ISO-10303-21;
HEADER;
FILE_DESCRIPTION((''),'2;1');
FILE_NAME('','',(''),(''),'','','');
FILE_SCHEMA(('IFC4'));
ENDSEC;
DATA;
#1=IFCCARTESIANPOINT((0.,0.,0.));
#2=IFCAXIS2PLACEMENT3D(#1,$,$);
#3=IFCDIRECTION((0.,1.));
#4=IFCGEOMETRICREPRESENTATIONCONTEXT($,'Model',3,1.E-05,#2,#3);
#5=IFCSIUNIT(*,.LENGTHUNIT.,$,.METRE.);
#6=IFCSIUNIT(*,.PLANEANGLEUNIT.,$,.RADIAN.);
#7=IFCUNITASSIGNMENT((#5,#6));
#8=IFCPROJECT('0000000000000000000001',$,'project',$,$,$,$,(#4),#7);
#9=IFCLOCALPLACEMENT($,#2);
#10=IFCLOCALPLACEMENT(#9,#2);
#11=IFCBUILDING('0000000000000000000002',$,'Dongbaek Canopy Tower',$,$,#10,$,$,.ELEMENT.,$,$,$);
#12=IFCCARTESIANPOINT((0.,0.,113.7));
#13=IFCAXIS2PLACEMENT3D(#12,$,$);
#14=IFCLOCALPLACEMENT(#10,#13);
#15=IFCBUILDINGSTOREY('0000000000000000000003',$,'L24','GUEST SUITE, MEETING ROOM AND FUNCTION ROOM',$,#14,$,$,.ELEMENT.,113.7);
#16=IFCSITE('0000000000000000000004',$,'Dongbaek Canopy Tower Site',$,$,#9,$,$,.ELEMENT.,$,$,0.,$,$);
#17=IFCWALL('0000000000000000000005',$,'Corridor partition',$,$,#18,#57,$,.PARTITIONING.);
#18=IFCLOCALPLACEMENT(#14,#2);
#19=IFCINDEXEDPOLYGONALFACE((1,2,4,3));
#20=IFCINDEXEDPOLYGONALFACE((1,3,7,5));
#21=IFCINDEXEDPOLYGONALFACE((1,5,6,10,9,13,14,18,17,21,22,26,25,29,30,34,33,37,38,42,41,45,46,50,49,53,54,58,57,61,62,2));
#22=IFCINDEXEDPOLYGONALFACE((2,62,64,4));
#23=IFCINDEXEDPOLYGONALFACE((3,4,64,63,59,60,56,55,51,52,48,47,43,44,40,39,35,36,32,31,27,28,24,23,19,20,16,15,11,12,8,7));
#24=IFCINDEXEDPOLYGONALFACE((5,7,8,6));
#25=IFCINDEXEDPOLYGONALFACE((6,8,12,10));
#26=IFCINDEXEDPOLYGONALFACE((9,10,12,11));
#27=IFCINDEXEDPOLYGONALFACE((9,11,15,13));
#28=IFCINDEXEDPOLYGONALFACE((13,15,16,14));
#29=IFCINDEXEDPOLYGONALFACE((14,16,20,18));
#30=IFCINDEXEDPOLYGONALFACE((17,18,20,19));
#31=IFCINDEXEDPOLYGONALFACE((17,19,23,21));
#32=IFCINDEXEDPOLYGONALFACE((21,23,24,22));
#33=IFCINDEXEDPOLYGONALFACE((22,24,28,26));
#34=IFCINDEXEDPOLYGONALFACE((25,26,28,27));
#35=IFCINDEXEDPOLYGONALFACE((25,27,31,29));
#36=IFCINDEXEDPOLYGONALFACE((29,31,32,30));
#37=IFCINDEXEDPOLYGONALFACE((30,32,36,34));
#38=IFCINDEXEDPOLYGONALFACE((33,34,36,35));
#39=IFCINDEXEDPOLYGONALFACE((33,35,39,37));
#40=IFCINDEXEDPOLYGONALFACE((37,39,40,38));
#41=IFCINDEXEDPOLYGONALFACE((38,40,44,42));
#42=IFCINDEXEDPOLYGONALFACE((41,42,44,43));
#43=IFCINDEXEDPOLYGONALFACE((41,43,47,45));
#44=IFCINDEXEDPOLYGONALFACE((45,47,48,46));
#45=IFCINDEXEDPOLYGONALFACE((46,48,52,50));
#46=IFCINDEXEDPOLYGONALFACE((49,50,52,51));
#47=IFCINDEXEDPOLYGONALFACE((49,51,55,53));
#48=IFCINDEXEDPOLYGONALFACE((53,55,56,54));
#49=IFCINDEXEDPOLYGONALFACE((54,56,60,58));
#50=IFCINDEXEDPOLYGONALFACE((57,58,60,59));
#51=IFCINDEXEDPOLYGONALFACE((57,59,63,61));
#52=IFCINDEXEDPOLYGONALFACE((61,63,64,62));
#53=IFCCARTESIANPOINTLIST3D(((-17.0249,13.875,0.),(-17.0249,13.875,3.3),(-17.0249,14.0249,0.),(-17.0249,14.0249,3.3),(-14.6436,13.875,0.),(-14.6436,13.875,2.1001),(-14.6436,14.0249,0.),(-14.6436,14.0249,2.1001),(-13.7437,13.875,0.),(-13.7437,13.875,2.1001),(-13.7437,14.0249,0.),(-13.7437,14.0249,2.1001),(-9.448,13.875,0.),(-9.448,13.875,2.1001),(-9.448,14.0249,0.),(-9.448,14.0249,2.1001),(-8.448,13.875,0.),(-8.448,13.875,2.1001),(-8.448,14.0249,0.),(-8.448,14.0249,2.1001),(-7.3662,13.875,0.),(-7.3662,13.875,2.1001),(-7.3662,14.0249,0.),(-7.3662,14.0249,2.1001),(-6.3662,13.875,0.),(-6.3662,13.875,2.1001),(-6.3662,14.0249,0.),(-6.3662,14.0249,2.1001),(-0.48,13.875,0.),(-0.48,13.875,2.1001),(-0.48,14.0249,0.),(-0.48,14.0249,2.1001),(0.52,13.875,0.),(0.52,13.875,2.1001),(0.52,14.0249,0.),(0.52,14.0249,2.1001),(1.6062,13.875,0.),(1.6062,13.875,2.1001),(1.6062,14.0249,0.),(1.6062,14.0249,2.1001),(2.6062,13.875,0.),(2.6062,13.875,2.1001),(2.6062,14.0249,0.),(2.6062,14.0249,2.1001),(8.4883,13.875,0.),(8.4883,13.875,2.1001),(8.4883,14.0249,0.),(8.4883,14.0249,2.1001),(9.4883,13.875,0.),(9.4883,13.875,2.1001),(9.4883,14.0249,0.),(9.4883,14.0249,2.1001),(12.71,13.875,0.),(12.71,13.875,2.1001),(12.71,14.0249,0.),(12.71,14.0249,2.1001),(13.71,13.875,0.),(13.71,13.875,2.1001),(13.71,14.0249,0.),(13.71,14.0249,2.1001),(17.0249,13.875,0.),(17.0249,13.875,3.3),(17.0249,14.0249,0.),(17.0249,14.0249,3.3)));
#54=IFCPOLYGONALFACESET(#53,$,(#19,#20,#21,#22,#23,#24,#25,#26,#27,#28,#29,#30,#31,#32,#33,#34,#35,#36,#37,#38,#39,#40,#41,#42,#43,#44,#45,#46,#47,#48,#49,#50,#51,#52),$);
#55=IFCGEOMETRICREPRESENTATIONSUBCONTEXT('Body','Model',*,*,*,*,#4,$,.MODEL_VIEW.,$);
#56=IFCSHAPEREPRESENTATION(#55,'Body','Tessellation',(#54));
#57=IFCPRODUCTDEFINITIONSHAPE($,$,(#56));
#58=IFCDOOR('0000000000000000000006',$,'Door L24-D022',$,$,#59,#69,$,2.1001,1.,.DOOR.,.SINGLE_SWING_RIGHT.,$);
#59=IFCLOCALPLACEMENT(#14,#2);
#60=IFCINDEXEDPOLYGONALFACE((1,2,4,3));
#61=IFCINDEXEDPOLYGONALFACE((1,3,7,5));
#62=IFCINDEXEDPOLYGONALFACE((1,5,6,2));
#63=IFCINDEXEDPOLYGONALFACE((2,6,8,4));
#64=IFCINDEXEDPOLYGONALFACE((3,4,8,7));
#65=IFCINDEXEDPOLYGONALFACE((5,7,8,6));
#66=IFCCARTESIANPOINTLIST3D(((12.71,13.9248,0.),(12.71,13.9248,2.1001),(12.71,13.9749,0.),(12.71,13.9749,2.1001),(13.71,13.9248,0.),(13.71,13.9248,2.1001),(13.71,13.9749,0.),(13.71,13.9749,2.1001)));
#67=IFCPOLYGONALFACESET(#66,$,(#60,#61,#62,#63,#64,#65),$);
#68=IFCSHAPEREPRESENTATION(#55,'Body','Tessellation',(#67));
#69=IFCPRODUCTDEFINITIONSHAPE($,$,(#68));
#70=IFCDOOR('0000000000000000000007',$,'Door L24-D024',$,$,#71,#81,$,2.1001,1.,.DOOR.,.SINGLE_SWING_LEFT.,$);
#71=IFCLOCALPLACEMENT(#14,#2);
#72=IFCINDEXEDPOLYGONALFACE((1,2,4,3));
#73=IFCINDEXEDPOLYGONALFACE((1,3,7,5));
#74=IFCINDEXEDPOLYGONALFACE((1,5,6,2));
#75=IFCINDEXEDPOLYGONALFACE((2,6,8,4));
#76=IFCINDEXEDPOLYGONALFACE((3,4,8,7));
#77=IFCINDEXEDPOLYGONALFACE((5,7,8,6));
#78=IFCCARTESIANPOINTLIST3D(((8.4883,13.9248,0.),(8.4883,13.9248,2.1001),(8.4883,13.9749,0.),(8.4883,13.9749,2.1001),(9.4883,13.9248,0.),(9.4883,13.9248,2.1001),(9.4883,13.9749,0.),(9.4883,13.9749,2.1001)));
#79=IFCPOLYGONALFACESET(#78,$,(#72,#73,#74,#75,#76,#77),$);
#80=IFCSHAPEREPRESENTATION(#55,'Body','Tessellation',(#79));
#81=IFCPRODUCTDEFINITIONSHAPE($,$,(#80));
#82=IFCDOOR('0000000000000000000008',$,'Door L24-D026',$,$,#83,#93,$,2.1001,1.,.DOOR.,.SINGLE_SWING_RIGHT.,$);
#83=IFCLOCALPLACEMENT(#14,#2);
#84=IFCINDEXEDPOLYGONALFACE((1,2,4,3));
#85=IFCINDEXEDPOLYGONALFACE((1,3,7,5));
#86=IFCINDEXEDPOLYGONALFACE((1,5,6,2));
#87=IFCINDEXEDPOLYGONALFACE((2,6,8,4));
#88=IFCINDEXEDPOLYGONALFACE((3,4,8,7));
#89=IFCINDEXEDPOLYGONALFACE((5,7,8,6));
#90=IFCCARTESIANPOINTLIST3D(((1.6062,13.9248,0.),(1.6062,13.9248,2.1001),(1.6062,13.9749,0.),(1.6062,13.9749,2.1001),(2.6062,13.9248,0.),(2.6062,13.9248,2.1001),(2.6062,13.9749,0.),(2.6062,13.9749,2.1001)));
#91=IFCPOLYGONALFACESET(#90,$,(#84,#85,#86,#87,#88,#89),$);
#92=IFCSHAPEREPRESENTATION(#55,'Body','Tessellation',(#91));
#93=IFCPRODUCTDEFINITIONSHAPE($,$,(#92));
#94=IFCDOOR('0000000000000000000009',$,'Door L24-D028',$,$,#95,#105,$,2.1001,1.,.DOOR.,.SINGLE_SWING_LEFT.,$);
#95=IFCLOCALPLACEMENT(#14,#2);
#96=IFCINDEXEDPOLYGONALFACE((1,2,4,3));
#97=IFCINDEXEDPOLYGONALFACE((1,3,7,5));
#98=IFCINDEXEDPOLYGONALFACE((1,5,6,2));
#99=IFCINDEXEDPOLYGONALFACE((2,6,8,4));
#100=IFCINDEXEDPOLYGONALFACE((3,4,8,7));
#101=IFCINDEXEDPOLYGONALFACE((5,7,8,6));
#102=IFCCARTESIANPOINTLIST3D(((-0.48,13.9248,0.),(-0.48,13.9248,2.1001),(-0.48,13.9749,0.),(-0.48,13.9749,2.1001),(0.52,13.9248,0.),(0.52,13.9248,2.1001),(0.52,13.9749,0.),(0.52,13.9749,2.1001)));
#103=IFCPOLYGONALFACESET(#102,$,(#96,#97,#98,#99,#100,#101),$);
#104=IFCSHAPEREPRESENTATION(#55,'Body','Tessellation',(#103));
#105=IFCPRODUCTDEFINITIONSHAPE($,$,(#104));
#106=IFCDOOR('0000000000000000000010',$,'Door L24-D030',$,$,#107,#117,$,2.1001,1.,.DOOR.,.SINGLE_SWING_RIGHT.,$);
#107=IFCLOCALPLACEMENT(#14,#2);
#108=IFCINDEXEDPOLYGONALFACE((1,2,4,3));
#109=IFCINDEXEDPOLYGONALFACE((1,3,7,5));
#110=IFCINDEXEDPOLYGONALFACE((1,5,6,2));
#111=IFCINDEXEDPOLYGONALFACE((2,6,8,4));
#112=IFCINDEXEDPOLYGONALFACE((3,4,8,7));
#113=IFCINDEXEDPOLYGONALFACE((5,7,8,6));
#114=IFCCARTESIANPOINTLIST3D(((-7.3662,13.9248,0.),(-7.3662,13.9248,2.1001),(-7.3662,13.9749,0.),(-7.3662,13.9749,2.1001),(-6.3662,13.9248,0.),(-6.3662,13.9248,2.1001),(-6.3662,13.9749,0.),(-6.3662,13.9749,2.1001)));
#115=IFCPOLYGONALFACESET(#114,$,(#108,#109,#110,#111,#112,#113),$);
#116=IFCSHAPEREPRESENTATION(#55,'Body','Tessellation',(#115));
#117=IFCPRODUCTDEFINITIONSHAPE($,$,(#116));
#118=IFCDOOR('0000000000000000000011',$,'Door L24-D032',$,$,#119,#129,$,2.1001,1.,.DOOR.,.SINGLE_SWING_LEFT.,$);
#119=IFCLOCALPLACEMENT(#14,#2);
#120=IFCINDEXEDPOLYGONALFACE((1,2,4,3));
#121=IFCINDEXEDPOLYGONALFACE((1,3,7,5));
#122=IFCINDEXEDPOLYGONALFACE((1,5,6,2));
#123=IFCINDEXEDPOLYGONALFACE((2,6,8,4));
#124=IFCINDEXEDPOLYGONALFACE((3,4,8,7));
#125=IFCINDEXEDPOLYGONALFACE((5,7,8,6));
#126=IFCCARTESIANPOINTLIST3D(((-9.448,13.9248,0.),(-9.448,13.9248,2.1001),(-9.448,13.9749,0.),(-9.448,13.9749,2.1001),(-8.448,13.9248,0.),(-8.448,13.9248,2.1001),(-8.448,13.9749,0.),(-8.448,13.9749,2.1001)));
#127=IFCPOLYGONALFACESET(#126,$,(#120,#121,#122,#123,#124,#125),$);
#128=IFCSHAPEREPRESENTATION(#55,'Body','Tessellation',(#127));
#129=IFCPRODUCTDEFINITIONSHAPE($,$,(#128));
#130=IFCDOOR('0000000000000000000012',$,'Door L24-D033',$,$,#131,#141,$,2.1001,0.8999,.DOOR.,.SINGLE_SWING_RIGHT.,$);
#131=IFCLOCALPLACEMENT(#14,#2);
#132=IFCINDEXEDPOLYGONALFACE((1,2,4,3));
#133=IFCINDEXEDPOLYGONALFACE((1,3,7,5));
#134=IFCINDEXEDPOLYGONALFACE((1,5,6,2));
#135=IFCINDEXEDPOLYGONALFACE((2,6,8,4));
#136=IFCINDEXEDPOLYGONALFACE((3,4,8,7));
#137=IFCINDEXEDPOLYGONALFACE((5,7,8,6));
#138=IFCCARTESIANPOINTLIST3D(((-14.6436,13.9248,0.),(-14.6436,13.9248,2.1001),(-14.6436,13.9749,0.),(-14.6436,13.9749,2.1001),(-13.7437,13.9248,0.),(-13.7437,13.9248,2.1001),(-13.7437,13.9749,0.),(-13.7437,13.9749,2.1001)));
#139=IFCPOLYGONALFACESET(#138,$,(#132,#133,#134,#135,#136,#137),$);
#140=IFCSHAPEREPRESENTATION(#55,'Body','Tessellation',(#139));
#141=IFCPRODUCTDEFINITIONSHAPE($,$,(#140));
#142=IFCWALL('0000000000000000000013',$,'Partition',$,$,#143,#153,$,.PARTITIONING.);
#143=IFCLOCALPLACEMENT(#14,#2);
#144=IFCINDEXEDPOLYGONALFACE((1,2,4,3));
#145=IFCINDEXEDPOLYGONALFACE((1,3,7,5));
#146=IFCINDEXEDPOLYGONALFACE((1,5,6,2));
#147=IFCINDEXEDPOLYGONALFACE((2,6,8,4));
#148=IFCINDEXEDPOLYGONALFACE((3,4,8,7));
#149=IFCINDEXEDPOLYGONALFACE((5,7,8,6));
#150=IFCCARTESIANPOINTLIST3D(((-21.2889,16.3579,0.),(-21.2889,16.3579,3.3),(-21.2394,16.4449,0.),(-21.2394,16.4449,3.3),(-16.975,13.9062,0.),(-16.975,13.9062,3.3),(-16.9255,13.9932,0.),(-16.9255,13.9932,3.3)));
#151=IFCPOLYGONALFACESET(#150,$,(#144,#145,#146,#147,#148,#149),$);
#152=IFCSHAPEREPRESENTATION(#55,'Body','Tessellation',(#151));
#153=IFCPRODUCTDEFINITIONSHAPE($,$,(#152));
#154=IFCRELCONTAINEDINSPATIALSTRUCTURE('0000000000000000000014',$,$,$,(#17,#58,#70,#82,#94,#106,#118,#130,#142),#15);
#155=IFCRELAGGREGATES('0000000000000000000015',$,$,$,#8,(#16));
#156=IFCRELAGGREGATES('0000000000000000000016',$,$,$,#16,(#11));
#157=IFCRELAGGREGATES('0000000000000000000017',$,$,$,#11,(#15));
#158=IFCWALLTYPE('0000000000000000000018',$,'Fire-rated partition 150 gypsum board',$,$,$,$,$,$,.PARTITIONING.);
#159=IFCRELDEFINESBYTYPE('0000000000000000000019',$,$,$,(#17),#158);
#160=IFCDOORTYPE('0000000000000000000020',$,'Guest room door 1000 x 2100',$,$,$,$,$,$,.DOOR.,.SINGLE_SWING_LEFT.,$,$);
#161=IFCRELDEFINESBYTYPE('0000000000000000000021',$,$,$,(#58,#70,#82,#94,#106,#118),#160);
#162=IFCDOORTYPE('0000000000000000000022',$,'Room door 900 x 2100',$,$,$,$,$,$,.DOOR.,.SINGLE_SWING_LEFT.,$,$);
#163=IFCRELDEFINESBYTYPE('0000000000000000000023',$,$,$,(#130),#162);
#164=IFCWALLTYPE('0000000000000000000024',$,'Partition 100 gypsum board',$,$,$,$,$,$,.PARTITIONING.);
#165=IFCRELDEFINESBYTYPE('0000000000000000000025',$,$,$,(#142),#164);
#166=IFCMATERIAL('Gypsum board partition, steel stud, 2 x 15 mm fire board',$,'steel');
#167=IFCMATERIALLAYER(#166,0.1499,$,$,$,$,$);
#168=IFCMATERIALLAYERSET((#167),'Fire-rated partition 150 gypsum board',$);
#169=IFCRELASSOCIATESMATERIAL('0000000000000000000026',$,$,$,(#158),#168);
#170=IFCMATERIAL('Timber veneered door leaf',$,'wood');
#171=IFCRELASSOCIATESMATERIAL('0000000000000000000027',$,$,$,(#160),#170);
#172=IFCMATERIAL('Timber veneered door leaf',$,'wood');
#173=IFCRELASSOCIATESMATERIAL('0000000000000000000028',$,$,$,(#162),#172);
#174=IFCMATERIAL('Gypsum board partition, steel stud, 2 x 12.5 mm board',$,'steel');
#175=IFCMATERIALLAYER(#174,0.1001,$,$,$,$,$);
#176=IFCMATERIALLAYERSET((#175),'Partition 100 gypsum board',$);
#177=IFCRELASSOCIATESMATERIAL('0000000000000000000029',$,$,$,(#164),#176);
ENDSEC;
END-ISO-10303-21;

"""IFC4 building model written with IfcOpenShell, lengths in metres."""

from ifc_helpers import new_model, si_unit, direction, frame, frame_2d, origin, place, context, subcontext, project, spatial, rectangle, extrude, material, layer, layer_set, type_object, element, fill, save


model = new_model("IFC4")

# Units and contexts
model_context = context("Model", 3, precision=1e-05, world=origin(), true_north=direction((0.0, 1.0)))
body_context = subcontext(model_context, "Body", "Model", "MODEL_VIEW")
ifc_project = project(units=[si_unit("LENGTHUNIT", "METRE"), si_unit("PLANEANGLEUNIT", "RADIAN")], contexts=[model_context])

# Site, building, storey
site_placement = place(None, origin())
site = spatial("IfcSite", under=ifc_project, at=site_placement, Name="Dongbaek Canopy Tower Site", CompositionType="ELEMENT", RefElevation=0.0)
building_placement = place(site_placement, origin())
building = spatial("IfcBuilding", under=site, at=building_placement, Name="Dongbaek Canopy Tower", CompositionType="ELEMENT")
storey_placement = place(building_placement, frame((0.0, 0.0, 113.7)))
storey = spatial("IfcBuildingStorey", under=building, at=storey_placement, Name="L24", Description="GUEST SUITE, MEETING ROOM AND FUNCTION ROOM", CompositionType="ELEMENT", Elevation=113.7)

# Shared definitions
ifc_material_1 = material(Name="Gypsum board partition, steel stud, 2 x 15 mm fire board", Category="steel")
ifc_layer_1 = layer(ifc_material_1, 0.1499)
ifc_layer_set_1 = layer_set([ifc_layer_1], Name="Fire-rated partition 150 gypsum board")
wall_type_1 = type_object("IfcWallType", Name="Fire-rated partition 150 gypsum board", PredefinedType="PARTITIONING", material=ifc_layer_set_1)

# Wall, openings, doors
wall_1_placement = place(storey_placement, frame((-17.0249, 13.95, 0.0), z_axis=(0.0, 0.0, 1.0), x_axis=(1.0, 0.0, 0.0)))
wall_1 = element("IfcWall", 1, at=wall_1_placement, inside=storey, type_object=wall_type_1, Name="Corridor partition", PredefinedType="PARTITIONING", context=body_context, shape_type="SweptSolid", body=[
    extrude(rectangle(XDim=34.0498, YDim=0.1499, at=frame_2d((17.0249, 0.0))), origin(), (0.0, 0.0, 1.0), 3.3),
])
opening_1_placement = place(wall_1_placement, frame((29.7349, 0.0, 0.0)))
opening_1 = element("IfcOpeningElement", 2, at=opening_1_placement, cuts=wall_1, PredefinedType="OPENING", context=body_context, shape_type="SweptSolid", body=[
    extrude(rectangle(XDim=1.0, YDim=2.1001, at=frame_2d((0.5, 1.05))), frame((0.0, 0.085, 0.0), z_axis=(0.0, -1.0, 0.0), x_axis=(1.0, 0.0, 0.0)), (0.0, 0.0, 1.0), 0.1699),
])
opening_2_placement = place(wall_1_placement, frame((25.5132, 0.0, 0.0)))
opening_2 = element("IfcOpeningElement", 3, at=opening_2_placement, cuts=wall_1, PredefinedType="OPENING", context=body_context, shape_type="SweptSolid", body=[
    extrude(rectangle(XDim=1.0, YDim=2.1001, at=frame_2d((0.5, 1.05))), frame((0.0, 0.085, 0.0), z_axis=(0.0, -1.0, 0.0), x_axis=(1.0, 0.0, 0.0)), (0.0, 0.0, 1.0), 0.1699),
])
opening_3_placement = place(wall_1_placement, frame((18.6311, 0.0, 0.0)))
opening_3 = element("IfcOpeningElement", 4, at=opening_3_placement, cuts=wall_1, PredefinedType="OPENING", context=body_context, shape_type="SweptSolid", body=[
    extrude(rectangle(XDim=1.0, YDim=2.1001, at=frame_2d((0.5, 1.05))), frame((0.0, 0.085, 0.0), z_axis=(0.0, -1.0, 0.0), x_axis=(1.0, 0.0, 0.0)), (0.0, 0.0, 1.0), 0.1699),
])
opening_4_placement = place(wall_1_placement, frame((16.5449, 0.0, 0.0)))
opening_4 = element("IfcOpeningElement", 5, at=opening_4_placement, cuts=wall_1, PredefinedType="OPENING", context=body_context, shape_type="SweptSolid", body=[
    extrude(rectangle(XDim=1.0, YDim=2.1001, at=frame_2d((0.5, 1.05))), frame((0.0, 0.085, 0.0), z_axis=(0.0, -1.0, 0.0), x_axis=(1.0, 0.0, 0.0)), (0.0, 0.0, 1.0), 0.1699),
])
opening_5_placement = place(wall_1_placement, frame((9.6587, 0.0, 0.0)))
opening_5 = element("IfcOpeningElement", 6, at=opening_5_placement, cuts=wall_1, PredefinedType="OPENING", context=body_context, shape_type="SweptSolid", body=[
    extrude(rectangle(XDim=1.0, YDim=2.1001, at=frame_2d((0.5, 1.05))), frame((0.0, 0.085, 0.0), z_axis=(0.0, -1.0, 0.0), x_axis=(1.0, 0.0, 0.0)), (0.0, 0.0, 1.0), 0.1699),
])
opening_6_placement = place(wall_1_placement, frame((7.5769, 0.0, 0.0)))
opening_6 = element("IfcOpeningElement", 7, at=opening_6_placement, cuts=wall_1, PredefinedType="OPENING", context=body_context, shape_type="SweptSolid", body=[
    extrude(rectangle(XDim=1.0, YDim=2.1001, at=frame_2d((0.5, 1.05))), frame((0.0, 0.085, 0.0), z_axis=(0.0, -1.0, 0.0), x_axis=(1.0, 0.0, 0.0)), (0.0, 0.0, 1.0), 0.1699),
])
opening_7_placement = place(wall_1_placement, frame((2.3813, 0.0, 0.0)))
opening_7 = element("IfcOpeningElement", 8, at=opening_7_placement, cuts=wall_1, PredefinedType="OPENING", context=body_context, shape_type="SweptSolid", body=[
    extrude(rectangle(XDim=0.8999, YDim=2.1001, at=frame_2d((0.45, 1.05))), frame((0.0, 0.085, 0.0), z_axis=(0.0, -1.0, 0.0), x_axis=(1.0, 0.0, 0.0)), (0.0, 0.0, 1.0), 0.1699),
])
ifc_material_2 = material(Name="Timber veneered door leaf", Category="wood")
door_type_1 = type_object("IfcDoorType", Name="Guest room door 1000 x 2100", OperationType="SINGLE_SWING_LEFT", PredefinedType="DOOR", material=ifc_material_2)
door_1_placement = place(opening_1_placement, origin())
door_1 = element("IfcDoor", 9, at=door_1_placement, inside=storey, type_object=door_type_1, Name="Door L24-D022", OperationType="SINGLE_SWING_RIGHT", OverallHeight=2.1001, OverallWidth=1.0, PredefinedType="DOOR", context=body_context, shape_type="SweptSolid", body=[
    extrude(rectangle(XDim=1.0, YDim=2.1001, at=frame_2d((0.5, 1.05))), frame((0.0, 0.0249, 0.0), z_axis=(0.0, -1.0, 0.0), x_axis=(1.0, 0.0, 0.0)), (0.0, 0.0, 1.0), 0.05),
])
fill(opening_1, door_1)
door_2_placement = place(opening_2_placement, origin())
door_2 = element("IfcDoor", 10, at=door_2_placement, inside=storey, type_object=door_type_1, Name="Door L24-D024", OperationType="SINGLE_SWING_LEFT", OverallHeight=2.1001, OverallWidth=1.0, PredefinedType="DOOR", context=body_context, shape_type="SweptSolid", body=[
    extrude(rectangle(XDim=1.0, YDim=2.1001, at=frame_2d((0.5, 1.05))), frame((0.0, 0.0249, 0.0), z_axis=(0.0, -1.0, 0.0), x_axis=(1.0, 0.0, 0.0)), (0.0, 0.0, 1.0), 0.05),
])
fill(opening_2, door_2)
door_3_placement = place(opening_3_placement, origin())
door_3 = element("IfcDoor", 11, at=door_3_placement, inside=storey, type_object=door_type_1, Name="Door L24-D026", OperationType="SINGLE_SWING_RIGHT", OverallHeight=2.1001, OverallWidth=1.0, PredefinedType="DOOR", context=body_context, shape_type="SweptSolid", body=[
    extrude(rectangle(XDim=1.0, YDim=2.1001, at=frame_2d((0.5, 1.05))), frame((0.0, 0.0249, 0.0), z_axis=(0.0, -1.0, 0.0), x_axis=(1.0, 0.0, 0.0)), (0.0, 0.0, 1.0), 0.05),
])
fill(opening_3, door_3)
door_4_placement = place(opening_4_placement, origin())
door_4 = element("IfcDoor", 12, at=door_4_placement, inside=storey, type_object=door_type_1, Name="Door L24-D028", OperationType="SINGLE_SWING_LEFT", OverallHeight=2.1001, OverallWidth=1.0, PredefinedType="DOOR", context=body_context, shape_type="SweptSolid", body=[
    extrude(rectangle(XDim=1.0, YDim=2.1001, at=frame_2d((0.5, 1.05))), frame((0.0, 0.0249, 0.0), z_axis=(0.0, -1.0, 0.0), x_axis=(1.0, 0.0, 0.0)), (0.0, 0.0, 1.0), 0.05),
])
fill(opening_4, door_4)
door_5_placement = place(opening_5_placement, origin())
door_5 = element("IfcDoor", 13, at=door_5_placement, inside=storey, type_object=door_type_1, Name="Door L24-D030", OperationType="SINGLE_SWING_RIGHT", OverallHeight=2.1001, OverallWidth=1.0, PredefinedType="DOOR", context=body_context, shape_type="SweptSolid", body=[
    extrude(rectangle(XDim=1.0, YDim=2.1001, at=frame_2d((0.5, 1.05))), frame((0.0, 0.0249, 0.0), z_axis=(0.0, -1.0, 0.0), x_axis=(1.0, 0.0, 0.0)), (0.0, 0.0, 1.0), 0.05),
])
fill(opening_5, door_5)
door_6_placement = place(opening_6_placement, origin())
door_6 = element("IfcDoor", 14, at=door_6_placement, inside=storey, type_object=door_type_1, Name="Door L24-D032", OperationType="SINGLE_SWING_LEFT", OverallHeight=2.1001, OverallWidth=1.0, PredefinedType="DOOR", context=body_context, shape_type="SweptSolid", body=[
    extrude(rectangle(XDim=1.0, YDim=2.1001, at=frame_2d((0.5, 1.05))), frame((0.0, 0.0249, 0.0), z_axis=(0.0, -1.0, 0.0), x_axis=(1.0, 0.0, 0.0)), (0.0, 0.0, 1.0), 0.05),
])
fill(opening_6, door_6)
ifc_material_3 = material(Name="Timber veneered door leaf", Category="wood")
door_type_2 = type_object("IfcDoorType", Name="Room door 900 x 2100", OperationType="SINGLE_SWING_LEFT", PredefinedType="DOOR", material=ifc_material_3)
door_7_placement = place(opening_7_placement, origin())
door_7 = element("IfcDoor", 15, at=door_7_placement, inside=storey, type_object=door_type_2, Name="Door L24-D033", OperationType="SINGLE_SWING_RIGHT", OverallHeight=2.1001, OverallWidth=0.8999, PredefinedType="DOOR", context=body_context, shape_type="SweptSolid", body=[
    extrude(rectangle(XDim=0.8999, YDim=2.1001, at=frame_2d((0.45, 1.05))), frame((0.0, 0.0249, 0.0), z_axis=(0.0, -1.0, 0.0), x_axis=(1.0, 0.0, 0.0)), (0.0, 0.0, 1.0), 0.05),
])
fill(opening_7, door_7)

# Wall
ifc_material_4 = material(Name="Gypsum board partition, steel stud, 2 x 12.5 mm board", Category="steel")
ifc_layer_2 = layer(ifc_material_4, 0.1001)
ifc_layer_set_2 = layer_set([ifc_layer_2], Name="Partition 100 gypsum board")
wall_type_2 = type_object("IfcWallType", Name="Partition 100 gypsum board", PredefinedType="PARTITIONING", material=ifc_layer_set_2)
wall_2_placement = place(storey_placement, frame((-21.2642, 16.4014, 0.0), z_axis=(0.0, 0.0, 1.0), x_axis=(0.869409, -0.494092, 0.0)))
element("IfcWall", 16, at=wall_2_placement, inside=storey, type_object=wall_type_2, Name="Partition", PredefinedType="PARTITIONING", context=body_context, shape_type="SweptSolid", body=[
    extrude(rectangle(XDim=4.9619, YDim=0.1001, at=frame_2d((2.481, 0.0))), origin(), (0.0, 0.0, 1.0), 3.3),
])

save(model, "model.ifc")
